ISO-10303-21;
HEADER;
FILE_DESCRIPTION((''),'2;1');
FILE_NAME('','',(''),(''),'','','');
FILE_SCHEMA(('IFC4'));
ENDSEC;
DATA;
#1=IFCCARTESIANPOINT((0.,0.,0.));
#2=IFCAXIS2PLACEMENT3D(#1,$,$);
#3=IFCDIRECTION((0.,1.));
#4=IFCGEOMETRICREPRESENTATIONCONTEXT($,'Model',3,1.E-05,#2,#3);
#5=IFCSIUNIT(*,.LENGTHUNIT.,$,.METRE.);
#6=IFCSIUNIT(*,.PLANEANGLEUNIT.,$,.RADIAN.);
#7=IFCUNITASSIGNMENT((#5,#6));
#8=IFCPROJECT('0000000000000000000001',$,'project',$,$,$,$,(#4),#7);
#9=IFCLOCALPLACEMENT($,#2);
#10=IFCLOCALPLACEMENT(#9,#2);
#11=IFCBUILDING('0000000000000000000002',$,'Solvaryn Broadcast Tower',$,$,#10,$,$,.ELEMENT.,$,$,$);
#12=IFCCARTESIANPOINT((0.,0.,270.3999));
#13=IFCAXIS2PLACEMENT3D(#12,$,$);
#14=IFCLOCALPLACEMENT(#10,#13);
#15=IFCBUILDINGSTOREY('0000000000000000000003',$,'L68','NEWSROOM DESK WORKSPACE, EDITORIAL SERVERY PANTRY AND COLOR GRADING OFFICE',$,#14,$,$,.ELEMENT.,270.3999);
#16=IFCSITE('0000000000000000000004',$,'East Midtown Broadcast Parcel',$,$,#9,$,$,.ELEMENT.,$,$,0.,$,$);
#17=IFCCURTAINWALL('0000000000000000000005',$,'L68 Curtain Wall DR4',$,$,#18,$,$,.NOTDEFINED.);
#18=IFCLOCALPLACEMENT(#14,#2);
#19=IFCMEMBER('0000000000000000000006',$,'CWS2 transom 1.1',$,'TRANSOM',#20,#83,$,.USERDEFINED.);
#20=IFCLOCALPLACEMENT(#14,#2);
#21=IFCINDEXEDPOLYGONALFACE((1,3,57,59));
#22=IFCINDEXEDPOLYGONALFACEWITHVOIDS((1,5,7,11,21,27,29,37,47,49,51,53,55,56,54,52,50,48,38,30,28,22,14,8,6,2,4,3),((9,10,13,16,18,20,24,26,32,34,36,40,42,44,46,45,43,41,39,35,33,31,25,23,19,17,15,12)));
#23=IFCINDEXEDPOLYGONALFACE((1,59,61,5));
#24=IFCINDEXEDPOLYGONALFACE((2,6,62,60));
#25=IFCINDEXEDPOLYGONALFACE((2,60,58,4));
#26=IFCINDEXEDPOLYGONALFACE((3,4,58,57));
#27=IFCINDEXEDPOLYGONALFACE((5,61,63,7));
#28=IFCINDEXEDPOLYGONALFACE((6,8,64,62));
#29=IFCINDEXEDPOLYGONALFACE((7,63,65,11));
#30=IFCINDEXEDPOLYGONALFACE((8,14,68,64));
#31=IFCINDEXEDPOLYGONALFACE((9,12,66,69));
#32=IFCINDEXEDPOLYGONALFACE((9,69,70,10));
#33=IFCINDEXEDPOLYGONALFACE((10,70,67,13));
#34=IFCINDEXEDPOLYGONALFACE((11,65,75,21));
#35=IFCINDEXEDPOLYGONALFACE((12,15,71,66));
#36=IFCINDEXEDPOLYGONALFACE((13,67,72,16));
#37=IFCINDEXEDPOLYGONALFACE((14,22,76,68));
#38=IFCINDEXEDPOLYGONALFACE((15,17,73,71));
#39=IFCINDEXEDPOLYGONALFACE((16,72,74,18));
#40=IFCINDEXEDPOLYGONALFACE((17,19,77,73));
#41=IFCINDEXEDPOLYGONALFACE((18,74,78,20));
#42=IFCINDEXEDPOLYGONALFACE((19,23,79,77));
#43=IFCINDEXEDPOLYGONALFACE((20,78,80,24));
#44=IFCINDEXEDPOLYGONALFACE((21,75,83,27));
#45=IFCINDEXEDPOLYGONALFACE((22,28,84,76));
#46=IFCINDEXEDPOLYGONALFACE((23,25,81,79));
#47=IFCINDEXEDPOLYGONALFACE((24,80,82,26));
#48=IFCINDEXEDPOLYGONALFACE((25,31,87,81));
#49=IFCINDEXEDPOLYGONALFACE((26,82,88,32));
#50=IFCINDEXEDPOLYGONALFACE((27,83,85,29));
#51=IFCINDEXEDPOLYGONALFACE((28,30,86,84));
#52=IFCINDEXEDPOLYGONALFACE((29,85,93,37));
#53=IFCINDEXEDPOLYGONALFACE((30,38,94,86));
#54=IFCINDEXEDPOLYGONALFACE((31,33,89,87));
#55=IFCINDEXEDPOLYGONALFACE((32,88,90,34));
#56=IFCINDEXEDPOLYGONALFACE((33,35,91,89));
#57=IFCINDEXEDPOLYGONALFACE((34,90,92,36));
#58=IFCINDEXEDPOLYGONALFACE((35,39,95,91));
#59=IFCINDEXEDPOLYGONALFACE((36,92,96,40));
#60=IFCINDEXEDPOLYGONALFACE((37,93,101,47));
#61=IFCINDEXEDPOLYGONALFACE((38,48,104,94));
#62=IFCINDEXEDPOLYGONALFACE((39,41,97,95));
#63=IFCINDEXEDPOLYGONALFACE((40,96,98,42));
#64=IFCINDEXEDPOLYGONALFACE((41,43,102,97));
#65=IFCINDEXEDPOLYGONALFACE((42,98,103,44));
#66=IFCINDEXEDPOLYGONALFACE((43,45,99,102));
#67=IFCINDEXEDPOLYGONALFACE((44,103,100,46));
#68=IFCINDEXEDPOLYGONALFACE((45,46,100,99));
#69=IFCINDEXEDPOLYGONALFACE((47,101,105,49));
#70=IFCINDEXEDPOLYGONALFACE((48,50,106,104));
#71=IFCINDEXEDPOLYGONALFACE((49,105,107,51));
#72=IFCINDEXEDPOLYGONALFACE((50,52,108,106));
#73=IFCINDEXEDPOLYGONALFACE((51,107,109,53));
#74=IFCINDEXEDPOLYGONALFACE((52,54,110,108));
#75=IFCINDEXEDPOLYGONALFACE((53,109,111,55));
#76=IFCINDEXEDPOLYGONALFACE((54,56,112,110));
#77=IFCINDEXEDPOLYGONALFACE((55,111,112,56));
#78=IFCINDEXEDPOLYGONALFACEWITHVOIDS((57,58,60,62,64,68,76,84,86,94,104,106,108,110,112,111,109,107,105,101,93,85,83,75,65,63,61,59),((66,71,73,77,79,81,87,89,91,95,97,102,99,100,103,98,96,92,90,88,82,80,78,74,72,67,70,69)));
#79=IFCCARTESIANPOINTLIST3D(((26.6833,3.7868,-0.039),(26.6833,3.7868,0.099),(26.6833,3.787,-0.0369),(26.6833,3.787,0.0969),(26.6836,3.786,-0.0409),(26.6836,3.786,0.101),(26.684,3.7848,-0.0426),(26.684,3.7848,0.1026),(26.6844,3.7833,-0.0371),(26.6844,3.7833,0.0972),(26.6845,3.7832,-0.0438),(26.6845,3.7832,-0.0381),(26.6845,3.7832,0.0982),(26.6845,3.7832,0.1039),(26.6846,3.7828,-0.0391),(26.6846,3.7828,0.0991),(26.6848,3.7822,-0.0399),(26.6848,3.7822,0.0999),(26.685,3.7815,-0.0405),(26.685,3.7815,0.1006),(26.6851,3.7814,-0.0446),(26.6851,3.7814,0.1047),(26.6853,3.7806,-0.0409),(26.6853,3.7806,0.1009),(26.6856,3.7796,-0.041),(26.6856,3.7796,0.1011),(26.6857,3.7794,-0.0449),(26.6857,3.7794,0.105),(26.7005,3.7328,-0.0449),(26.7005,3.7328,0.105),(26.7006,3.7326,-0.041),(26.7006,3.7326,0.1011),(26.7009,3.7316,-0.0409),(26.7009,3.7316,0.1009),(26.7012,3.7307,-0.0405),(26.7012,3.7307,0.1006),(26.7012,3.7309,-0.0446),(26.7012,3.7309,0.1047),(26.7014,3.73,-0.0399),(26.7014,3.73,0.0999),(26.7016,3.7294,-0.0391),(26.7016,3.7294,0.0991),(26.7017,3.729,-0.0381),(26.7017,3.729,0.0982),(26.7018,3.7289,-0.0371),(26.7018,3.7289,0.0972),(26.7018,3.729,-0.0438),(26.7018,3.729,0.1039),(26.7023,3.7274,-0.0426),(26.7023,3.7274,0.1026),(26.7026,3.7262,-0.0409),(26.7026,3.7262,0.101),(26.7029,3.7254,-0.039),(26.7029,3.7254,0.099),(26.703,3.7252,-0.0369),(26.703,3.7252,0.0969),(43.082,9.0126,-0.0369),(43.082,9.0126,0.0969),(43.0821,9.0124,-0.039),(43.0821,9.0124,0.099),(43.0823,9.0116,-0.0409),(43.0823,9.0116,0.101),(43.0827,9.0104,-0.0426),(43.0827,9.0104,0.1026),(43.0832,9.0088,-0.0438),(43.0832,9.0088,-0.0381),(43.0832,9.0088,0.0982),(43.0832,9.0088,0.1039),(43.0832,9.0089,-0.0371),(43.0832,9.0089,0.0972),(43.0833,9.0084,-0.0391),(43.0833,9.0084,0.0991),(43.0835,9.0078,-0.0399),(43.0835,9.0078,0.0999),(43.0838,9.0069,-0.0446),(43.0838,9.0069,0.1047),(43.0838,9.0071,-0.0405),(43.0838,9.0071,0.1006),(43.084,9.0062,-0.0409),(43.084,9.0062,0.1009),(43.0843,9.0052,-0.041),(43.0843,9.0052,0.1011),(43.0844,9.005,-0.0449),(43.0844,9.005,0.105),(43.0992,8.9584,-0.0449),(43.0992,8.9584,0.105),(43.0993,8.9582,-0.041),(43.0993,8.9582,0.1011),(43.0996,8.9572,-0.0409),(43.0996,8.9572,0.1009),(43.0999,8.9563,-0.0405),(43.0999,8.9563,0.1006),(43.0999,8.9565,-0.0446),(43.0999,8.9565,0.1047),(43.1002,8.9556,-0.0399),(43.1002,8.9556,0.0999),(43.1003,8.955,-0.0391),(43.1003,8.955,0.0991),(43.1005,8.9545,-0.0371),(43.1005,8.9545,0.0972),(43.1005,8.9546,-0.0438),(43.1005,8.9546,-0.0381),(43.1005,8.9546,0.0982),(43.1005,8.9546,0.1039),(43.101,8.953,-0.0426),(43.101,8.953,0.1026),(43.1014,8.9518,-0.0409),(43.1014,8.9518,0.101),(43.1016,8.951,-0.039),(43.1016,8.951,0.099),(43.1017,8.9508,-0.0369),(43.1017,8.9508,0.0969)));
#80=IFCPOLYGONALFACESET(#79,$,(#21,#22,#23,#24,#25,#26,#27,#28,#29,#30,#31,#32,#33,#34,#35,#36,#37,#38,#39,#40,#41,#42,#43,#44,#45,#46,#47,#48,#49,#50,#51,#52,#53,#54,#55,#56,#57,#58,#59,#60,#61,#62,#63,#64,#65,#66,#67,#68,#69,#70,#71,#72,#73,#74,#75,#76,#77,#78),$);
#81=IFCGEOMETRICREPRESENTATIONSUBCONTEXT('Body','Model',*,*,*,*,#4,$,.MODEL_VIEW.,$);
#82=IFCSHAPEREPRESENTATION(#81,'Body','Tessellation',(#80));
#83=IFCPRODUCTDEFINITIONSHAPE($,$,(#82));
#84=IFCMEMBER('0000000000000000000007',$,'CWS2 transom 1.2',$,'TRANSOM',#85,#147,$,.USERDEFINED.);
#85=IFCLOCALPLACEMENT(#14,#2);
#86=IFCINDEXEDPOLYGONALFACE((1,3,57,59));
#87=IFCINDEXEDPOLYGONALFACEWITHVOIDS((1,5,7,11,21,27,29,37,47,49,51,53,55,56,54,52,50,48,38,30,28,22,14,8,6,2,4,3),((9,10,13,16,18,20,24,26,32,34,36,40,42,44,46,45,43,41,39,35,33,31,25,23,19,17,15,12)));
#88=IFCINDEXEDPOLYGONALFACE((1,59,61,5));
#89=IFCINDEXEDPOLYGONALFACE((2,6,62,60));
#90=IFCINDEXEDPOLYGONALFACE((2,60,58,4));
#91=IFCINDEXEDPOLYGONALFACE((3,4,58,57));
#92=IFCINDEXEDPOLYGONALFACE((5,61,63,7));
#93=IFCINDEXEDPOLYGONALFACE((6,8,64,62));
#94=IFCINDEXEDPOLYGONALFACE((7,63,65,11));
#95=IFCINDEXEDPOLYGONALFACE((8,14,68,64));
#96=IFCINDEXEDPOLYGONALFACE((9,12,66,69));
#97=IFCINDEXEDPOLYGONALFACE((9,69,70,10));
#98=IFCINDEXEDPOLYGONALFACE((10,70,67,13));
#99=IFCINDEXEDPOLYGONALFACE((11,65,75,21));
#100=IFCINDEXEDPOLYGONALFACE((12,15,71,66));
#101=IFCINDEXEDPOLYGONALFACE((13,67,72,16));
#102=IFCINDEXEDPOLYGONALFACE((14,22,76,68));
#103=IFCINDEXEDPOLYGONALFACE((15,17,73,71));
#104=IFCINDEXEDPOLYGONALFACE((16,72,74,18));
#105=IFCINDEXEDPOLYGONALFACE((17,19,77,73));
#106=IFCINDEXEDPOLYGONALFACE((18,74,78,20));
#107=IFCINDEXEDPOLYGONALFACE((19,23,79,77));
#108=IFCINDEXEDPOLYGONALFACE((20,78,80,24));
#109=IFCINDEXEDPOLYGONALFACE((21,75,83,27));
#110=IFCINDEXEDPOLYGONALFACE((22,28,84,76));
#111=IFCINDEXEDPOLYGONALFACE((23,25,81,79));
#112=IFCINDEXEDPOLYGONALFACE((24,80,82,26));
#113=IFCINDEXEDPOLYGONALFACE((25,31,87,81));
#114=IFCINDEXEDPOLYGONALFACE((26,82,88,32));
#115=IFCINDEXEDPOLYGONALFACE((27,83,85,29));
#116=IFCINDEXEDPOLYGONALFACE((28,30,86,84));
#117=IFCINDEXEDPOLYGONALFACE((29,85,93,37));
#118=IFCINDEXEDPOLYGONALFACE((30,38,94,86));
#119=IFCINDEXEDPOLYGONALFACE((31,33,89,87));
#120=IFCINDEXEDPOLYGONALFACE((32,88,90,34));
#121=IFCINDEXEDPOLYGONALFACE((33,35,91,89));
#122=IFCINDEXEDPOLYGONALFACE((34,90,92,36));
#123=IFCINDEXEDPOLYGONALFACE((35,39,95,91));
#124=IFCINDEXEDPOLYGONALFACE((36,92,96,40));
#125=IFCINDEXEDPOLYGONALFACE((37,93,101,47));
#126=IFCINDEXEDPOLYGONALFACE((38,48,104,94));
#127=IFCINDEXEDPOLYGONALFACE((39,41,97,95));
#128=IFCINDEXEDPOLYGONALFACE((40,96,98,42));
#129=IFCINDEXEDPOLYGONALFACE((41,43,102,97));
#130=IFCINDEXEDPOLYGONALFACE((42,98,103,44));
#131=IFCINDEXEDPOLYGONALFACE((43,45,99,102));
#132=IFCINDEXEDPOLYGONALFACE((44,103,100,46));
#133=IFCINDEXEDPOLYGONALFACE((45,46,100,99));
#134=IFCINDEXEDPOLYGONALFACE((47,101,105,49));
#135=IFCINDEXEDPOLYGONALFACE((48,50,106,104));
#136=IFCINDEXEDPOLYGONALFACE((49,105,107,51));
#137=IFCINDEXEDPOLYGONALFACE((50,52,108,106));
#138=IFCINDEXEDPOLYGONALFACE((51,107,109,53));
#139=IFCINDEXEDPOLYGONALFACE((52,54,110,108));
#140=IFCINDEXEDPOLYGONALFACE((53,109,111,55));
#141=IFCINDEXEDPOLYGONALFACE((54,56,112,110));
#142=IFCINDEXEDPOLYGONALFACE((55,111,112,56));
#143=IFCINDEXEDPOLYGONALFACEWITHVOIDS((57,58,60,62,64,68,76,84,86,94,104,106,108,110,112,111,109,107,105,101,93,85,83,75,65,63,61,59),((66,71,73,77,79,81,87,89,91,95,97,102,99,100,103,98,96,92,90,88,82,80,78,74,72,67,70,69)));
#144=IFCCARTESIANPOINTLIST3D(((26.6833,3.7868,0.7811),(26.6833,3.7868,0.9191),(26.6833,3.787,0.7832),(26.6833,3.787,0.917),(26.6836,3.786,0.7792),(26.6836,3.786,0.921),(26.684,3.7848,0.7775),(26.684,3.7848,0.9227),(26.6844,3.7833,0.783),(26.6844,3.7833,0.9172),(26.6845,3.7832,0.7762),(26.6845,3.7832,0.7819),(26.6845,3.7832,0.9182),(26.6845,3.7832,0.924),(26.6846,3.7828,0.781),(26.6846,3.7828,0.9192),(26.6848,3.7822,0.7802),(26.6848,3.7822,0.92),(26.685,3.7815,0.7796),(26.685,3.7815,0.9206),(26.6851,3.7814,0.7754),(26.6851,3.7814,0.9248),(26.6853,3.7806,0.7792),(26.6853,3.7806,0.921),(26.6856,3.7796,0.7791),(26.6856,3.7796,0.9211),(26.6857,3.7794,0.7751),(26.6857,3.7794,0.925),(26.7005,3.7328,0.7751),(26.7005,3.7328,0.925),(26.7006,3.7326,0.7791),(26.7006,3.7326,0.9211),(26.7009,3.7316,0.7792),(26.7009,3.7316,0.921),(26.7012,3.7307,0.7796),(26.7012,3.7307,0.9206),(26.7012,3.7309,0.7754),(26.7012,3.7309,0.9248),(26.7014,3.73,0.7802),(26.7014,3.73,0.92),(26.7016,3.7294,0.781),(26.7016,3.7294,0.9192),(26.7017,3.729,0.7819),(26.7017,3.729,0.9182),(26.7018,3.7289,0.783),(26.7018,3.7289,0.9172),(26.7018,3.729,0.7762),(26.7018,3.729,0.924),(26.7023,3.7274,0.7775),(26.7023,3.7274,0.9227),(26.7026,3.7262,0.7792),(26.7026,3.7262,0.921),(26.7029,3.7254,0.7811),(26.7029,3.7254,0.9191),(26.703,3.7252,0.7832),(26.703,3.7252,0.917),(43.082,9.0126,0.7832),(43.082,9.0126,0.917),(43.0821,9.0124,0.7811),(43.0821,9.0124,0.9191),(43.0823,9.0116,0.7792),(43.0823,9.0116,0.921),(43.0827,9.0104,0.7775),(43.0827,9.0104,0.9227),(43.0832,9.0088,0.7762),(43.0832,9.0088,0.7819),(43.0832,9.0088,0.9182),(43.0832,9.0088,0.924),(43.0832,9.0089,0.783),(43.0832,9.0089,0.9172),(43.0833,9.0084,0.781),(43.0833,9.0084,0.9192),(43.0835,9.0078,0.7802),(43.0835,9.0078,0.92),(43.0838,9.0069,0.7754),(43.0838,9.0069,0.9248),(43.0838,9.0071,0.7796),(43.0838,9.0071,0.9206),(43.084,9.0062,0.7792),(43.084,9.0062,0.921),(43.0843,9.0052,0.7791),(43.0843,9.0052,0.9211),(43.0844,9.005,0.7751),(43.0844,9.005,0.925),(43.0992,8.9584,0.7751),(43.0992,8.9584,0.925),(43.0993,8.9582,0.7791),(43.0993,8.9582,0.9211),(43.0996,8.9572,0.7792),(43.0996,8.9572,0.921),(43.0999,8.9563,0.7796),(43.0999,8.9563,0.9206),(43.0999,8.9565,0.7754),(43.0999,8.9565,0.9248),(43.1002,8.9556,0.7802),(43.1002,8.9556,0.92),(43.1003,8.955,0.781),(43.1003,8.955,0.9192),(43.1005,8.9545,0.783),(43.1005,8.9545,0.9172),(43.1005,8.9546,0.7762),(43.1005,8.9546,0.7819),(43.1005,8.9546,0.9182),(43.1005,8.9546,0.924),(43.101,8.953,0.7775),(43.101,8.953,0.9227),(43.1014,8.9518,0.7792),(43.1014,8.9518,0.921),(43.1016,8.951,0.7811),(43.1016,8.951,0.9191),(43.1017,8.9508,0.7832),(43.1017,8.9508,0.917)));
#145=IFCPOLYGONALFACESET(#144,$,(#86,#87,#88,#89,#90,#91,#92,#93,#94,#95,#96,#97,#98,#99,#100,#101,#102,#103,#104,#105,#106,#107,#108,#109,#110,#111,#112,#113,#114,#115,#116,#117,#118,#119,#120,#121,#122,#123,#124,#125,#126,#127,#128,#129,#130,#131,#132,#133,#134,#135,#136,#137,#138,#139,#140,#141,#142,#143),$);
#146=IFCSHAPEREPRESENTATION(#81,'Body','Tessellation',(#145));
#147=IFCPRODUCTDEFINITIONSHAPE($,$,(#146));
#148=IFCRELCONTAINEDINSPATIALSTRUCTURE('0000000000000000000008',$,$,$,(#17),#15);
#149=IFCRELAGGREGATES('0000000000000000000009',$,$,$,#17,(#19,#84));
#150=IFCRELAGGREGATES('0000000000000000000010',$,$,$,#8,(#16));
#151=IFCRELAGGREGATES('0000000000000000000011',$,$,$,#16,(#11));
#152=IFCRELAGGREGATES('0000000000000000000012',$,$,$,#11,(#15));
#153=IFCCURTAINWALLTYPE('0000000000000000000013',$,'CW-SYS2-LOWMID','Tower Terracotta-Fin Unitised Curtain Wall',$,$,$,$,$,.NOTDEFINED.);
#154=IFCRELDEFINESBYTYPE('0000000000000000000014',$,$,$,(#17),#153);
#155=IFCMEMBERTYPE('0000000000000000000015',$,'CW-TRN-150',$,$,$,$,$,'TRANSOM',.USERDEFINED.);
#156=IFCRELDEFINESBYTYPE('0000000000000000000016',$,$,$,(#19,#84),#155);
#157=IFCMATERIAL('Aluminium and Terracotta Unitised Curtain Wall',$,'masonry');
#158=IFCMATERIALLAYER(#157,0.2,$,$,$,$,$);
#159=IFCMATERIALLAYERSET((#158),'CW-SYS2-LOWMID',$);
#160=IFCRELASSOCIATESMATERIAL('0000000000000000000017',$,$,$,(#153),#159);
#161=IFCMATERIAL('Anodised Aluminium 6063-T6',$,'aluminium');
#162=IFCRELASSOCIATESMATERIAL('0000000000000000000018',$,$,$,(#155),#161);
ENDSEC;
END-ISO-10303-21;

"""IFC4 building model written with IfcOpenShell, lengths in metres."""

from ifc_helpers import new_model, si_unit, direction, frame, origin, origin_2d, place, context, subcontext, project, spatial, hollow_rectangle, extrude, material, layer, layer_set, material_profile, profile_set, type_object, element, aggregate, save


model = new_model("IFC4")

# Units and contexts
model_context = context("Model", 3, precision=1e-05, world=origin(), true_north=direction((0.0, 1.0)))
body_context = subcontext(model_context, "Body", "Model", "MODEL_VIEW")
ifc_project = project(units=[si_unit("LENGTHUNIT", "METRE"), si_unit("PLANEANGLEUNIT", "RADIAN")], contexts=[model_context])

# Site, building, storey
site_placement = place(None, origin())
site = spatial("IfcSite", under=ifc_project, at=site_placement, Name="East Midtown Broadcast Parcel", CompositionType="ELEMENT", RefElevation=0.0)
building_placement = place(site_placement, origin())
building = spatial("IfcBuilding", under=site, at=building_placement, Name="Solvaryn Broadcast Tower", CompositionType="ELEMENT")
storey_placement = place(building_placement, frame((0.0, 0.0, 270.3999)))
storey = spatial("IfcBuildingStorey", under=building, at=storey_placement, Name="L68", Description="NEWSROOM DESK WORKSPACE, EDITORIAL SERVERY PANTRY AND COLOR GRADING OFFICE", CompositionType="ELEMENT", Elevation=270.3999)

# Shared definitions
ifc_material_1 = material(Name="Aluminium and Terracotta Unitised Curtain Wall", Category="masonry")
ifc_layer_1 = layer(ifc_material_1, 0.2)
ifc_layer_set_1 = layer_set([ifc_layer_1], Name="CW-SYS2-LOWMID")
curtain_wall_type = type_object("IfcCurtainWallType", Name="CW-SYS2-LOWMID", Description="Tower Terracotta-Fin Unitised Curtain Wall", PredefinedType="NOTDEFINED", material=ifc_layer_set_1)

# Curtain wall, members
curtain_wall_1_placement = place(storey_placement, origin())
curtain_wall_1 = element("IfcCurtainWall", 1, at=curtain_wall_1_placement, inside=storey, type_object=curtain_wall_type, Name="L68 Curtain Wall DR4", PredefinedType="NOTDEFINED")
ifc_material_2 = material(Name="Anodised Aluminium 6063-T6", Category="aluminium")
ifc_material_profile_1 = material_profile(ifc_material_2, hollow_rectangle(XDim=0.0649, YDim=0.1499, WallThickness=0.0039, InnerFilletRadius=0.0039, OuterFilletRadius=0.0081, at=origin_2d()))
ifc_profile_set_1 = profile_set([ifc_material_profile_1], Name="Anodised Aluminium 6063-T6")
member_type_1 = type_object("IfcMemberType", Name="CW-TRN-150", ElementType="TRANSOM", PredefinedType="USERDEFINED", material=ifc_profile_set_1)
member_1_placement = place(storey_placement, frame((26.6931, 3.7561, 0.03), z_axis=(0.952794, 0.303616, 0.0), x_axis=(-0.303616, 0.952794, 0.0)))
member_1 = element("IfcMember", 2, at=member_1_placement, type_object=member_type_1, Name="CWS2 transom 1.1", ObjectType="TRANSOM", PredefinedType="USERDEFINED", context=body_context, shape_type="SweptSolid", body=[
    extrude(hollow_rectangle(XDim=0.0649, YDim=0.1499, WallThickness=0.0039, InnerFilletRadius=0.0039, OuterFilletRadius=0.0081, at=origin_2d()), origin(), (0.0, 0.0, 1.0), 17.2112),
])
member_2_placement = place(storey_placement, frame((26.6931, 3.7561, 0.8501), z_axis=(0.952794, 0.303616, 0.0), x_axis=(-0.303616, 0.952794, 0.0)))
member_2 = element("IfcMember", 3, at=member_2_placement, type_object=member_type_1, Name="CWS2 transom 1.2", ObjectType="TRANSOM", PredefinedType="USERDEFINED", context=body_context, shape_type="SweptSolid", body=[
    extrude(hollow_rectangle(XDim=0.0649, YDim=0.1499, WallThickness=0.0039, InnerFilletRadius=0.0039, OuterFilletRadius=0.0081, at=origin_2d()), origin(), (0.0, 0.0, 1.0), 17.2112),
])
aggregate(curtain_wall_1, [member_1, member_2])

save(model, "model.ifc")
